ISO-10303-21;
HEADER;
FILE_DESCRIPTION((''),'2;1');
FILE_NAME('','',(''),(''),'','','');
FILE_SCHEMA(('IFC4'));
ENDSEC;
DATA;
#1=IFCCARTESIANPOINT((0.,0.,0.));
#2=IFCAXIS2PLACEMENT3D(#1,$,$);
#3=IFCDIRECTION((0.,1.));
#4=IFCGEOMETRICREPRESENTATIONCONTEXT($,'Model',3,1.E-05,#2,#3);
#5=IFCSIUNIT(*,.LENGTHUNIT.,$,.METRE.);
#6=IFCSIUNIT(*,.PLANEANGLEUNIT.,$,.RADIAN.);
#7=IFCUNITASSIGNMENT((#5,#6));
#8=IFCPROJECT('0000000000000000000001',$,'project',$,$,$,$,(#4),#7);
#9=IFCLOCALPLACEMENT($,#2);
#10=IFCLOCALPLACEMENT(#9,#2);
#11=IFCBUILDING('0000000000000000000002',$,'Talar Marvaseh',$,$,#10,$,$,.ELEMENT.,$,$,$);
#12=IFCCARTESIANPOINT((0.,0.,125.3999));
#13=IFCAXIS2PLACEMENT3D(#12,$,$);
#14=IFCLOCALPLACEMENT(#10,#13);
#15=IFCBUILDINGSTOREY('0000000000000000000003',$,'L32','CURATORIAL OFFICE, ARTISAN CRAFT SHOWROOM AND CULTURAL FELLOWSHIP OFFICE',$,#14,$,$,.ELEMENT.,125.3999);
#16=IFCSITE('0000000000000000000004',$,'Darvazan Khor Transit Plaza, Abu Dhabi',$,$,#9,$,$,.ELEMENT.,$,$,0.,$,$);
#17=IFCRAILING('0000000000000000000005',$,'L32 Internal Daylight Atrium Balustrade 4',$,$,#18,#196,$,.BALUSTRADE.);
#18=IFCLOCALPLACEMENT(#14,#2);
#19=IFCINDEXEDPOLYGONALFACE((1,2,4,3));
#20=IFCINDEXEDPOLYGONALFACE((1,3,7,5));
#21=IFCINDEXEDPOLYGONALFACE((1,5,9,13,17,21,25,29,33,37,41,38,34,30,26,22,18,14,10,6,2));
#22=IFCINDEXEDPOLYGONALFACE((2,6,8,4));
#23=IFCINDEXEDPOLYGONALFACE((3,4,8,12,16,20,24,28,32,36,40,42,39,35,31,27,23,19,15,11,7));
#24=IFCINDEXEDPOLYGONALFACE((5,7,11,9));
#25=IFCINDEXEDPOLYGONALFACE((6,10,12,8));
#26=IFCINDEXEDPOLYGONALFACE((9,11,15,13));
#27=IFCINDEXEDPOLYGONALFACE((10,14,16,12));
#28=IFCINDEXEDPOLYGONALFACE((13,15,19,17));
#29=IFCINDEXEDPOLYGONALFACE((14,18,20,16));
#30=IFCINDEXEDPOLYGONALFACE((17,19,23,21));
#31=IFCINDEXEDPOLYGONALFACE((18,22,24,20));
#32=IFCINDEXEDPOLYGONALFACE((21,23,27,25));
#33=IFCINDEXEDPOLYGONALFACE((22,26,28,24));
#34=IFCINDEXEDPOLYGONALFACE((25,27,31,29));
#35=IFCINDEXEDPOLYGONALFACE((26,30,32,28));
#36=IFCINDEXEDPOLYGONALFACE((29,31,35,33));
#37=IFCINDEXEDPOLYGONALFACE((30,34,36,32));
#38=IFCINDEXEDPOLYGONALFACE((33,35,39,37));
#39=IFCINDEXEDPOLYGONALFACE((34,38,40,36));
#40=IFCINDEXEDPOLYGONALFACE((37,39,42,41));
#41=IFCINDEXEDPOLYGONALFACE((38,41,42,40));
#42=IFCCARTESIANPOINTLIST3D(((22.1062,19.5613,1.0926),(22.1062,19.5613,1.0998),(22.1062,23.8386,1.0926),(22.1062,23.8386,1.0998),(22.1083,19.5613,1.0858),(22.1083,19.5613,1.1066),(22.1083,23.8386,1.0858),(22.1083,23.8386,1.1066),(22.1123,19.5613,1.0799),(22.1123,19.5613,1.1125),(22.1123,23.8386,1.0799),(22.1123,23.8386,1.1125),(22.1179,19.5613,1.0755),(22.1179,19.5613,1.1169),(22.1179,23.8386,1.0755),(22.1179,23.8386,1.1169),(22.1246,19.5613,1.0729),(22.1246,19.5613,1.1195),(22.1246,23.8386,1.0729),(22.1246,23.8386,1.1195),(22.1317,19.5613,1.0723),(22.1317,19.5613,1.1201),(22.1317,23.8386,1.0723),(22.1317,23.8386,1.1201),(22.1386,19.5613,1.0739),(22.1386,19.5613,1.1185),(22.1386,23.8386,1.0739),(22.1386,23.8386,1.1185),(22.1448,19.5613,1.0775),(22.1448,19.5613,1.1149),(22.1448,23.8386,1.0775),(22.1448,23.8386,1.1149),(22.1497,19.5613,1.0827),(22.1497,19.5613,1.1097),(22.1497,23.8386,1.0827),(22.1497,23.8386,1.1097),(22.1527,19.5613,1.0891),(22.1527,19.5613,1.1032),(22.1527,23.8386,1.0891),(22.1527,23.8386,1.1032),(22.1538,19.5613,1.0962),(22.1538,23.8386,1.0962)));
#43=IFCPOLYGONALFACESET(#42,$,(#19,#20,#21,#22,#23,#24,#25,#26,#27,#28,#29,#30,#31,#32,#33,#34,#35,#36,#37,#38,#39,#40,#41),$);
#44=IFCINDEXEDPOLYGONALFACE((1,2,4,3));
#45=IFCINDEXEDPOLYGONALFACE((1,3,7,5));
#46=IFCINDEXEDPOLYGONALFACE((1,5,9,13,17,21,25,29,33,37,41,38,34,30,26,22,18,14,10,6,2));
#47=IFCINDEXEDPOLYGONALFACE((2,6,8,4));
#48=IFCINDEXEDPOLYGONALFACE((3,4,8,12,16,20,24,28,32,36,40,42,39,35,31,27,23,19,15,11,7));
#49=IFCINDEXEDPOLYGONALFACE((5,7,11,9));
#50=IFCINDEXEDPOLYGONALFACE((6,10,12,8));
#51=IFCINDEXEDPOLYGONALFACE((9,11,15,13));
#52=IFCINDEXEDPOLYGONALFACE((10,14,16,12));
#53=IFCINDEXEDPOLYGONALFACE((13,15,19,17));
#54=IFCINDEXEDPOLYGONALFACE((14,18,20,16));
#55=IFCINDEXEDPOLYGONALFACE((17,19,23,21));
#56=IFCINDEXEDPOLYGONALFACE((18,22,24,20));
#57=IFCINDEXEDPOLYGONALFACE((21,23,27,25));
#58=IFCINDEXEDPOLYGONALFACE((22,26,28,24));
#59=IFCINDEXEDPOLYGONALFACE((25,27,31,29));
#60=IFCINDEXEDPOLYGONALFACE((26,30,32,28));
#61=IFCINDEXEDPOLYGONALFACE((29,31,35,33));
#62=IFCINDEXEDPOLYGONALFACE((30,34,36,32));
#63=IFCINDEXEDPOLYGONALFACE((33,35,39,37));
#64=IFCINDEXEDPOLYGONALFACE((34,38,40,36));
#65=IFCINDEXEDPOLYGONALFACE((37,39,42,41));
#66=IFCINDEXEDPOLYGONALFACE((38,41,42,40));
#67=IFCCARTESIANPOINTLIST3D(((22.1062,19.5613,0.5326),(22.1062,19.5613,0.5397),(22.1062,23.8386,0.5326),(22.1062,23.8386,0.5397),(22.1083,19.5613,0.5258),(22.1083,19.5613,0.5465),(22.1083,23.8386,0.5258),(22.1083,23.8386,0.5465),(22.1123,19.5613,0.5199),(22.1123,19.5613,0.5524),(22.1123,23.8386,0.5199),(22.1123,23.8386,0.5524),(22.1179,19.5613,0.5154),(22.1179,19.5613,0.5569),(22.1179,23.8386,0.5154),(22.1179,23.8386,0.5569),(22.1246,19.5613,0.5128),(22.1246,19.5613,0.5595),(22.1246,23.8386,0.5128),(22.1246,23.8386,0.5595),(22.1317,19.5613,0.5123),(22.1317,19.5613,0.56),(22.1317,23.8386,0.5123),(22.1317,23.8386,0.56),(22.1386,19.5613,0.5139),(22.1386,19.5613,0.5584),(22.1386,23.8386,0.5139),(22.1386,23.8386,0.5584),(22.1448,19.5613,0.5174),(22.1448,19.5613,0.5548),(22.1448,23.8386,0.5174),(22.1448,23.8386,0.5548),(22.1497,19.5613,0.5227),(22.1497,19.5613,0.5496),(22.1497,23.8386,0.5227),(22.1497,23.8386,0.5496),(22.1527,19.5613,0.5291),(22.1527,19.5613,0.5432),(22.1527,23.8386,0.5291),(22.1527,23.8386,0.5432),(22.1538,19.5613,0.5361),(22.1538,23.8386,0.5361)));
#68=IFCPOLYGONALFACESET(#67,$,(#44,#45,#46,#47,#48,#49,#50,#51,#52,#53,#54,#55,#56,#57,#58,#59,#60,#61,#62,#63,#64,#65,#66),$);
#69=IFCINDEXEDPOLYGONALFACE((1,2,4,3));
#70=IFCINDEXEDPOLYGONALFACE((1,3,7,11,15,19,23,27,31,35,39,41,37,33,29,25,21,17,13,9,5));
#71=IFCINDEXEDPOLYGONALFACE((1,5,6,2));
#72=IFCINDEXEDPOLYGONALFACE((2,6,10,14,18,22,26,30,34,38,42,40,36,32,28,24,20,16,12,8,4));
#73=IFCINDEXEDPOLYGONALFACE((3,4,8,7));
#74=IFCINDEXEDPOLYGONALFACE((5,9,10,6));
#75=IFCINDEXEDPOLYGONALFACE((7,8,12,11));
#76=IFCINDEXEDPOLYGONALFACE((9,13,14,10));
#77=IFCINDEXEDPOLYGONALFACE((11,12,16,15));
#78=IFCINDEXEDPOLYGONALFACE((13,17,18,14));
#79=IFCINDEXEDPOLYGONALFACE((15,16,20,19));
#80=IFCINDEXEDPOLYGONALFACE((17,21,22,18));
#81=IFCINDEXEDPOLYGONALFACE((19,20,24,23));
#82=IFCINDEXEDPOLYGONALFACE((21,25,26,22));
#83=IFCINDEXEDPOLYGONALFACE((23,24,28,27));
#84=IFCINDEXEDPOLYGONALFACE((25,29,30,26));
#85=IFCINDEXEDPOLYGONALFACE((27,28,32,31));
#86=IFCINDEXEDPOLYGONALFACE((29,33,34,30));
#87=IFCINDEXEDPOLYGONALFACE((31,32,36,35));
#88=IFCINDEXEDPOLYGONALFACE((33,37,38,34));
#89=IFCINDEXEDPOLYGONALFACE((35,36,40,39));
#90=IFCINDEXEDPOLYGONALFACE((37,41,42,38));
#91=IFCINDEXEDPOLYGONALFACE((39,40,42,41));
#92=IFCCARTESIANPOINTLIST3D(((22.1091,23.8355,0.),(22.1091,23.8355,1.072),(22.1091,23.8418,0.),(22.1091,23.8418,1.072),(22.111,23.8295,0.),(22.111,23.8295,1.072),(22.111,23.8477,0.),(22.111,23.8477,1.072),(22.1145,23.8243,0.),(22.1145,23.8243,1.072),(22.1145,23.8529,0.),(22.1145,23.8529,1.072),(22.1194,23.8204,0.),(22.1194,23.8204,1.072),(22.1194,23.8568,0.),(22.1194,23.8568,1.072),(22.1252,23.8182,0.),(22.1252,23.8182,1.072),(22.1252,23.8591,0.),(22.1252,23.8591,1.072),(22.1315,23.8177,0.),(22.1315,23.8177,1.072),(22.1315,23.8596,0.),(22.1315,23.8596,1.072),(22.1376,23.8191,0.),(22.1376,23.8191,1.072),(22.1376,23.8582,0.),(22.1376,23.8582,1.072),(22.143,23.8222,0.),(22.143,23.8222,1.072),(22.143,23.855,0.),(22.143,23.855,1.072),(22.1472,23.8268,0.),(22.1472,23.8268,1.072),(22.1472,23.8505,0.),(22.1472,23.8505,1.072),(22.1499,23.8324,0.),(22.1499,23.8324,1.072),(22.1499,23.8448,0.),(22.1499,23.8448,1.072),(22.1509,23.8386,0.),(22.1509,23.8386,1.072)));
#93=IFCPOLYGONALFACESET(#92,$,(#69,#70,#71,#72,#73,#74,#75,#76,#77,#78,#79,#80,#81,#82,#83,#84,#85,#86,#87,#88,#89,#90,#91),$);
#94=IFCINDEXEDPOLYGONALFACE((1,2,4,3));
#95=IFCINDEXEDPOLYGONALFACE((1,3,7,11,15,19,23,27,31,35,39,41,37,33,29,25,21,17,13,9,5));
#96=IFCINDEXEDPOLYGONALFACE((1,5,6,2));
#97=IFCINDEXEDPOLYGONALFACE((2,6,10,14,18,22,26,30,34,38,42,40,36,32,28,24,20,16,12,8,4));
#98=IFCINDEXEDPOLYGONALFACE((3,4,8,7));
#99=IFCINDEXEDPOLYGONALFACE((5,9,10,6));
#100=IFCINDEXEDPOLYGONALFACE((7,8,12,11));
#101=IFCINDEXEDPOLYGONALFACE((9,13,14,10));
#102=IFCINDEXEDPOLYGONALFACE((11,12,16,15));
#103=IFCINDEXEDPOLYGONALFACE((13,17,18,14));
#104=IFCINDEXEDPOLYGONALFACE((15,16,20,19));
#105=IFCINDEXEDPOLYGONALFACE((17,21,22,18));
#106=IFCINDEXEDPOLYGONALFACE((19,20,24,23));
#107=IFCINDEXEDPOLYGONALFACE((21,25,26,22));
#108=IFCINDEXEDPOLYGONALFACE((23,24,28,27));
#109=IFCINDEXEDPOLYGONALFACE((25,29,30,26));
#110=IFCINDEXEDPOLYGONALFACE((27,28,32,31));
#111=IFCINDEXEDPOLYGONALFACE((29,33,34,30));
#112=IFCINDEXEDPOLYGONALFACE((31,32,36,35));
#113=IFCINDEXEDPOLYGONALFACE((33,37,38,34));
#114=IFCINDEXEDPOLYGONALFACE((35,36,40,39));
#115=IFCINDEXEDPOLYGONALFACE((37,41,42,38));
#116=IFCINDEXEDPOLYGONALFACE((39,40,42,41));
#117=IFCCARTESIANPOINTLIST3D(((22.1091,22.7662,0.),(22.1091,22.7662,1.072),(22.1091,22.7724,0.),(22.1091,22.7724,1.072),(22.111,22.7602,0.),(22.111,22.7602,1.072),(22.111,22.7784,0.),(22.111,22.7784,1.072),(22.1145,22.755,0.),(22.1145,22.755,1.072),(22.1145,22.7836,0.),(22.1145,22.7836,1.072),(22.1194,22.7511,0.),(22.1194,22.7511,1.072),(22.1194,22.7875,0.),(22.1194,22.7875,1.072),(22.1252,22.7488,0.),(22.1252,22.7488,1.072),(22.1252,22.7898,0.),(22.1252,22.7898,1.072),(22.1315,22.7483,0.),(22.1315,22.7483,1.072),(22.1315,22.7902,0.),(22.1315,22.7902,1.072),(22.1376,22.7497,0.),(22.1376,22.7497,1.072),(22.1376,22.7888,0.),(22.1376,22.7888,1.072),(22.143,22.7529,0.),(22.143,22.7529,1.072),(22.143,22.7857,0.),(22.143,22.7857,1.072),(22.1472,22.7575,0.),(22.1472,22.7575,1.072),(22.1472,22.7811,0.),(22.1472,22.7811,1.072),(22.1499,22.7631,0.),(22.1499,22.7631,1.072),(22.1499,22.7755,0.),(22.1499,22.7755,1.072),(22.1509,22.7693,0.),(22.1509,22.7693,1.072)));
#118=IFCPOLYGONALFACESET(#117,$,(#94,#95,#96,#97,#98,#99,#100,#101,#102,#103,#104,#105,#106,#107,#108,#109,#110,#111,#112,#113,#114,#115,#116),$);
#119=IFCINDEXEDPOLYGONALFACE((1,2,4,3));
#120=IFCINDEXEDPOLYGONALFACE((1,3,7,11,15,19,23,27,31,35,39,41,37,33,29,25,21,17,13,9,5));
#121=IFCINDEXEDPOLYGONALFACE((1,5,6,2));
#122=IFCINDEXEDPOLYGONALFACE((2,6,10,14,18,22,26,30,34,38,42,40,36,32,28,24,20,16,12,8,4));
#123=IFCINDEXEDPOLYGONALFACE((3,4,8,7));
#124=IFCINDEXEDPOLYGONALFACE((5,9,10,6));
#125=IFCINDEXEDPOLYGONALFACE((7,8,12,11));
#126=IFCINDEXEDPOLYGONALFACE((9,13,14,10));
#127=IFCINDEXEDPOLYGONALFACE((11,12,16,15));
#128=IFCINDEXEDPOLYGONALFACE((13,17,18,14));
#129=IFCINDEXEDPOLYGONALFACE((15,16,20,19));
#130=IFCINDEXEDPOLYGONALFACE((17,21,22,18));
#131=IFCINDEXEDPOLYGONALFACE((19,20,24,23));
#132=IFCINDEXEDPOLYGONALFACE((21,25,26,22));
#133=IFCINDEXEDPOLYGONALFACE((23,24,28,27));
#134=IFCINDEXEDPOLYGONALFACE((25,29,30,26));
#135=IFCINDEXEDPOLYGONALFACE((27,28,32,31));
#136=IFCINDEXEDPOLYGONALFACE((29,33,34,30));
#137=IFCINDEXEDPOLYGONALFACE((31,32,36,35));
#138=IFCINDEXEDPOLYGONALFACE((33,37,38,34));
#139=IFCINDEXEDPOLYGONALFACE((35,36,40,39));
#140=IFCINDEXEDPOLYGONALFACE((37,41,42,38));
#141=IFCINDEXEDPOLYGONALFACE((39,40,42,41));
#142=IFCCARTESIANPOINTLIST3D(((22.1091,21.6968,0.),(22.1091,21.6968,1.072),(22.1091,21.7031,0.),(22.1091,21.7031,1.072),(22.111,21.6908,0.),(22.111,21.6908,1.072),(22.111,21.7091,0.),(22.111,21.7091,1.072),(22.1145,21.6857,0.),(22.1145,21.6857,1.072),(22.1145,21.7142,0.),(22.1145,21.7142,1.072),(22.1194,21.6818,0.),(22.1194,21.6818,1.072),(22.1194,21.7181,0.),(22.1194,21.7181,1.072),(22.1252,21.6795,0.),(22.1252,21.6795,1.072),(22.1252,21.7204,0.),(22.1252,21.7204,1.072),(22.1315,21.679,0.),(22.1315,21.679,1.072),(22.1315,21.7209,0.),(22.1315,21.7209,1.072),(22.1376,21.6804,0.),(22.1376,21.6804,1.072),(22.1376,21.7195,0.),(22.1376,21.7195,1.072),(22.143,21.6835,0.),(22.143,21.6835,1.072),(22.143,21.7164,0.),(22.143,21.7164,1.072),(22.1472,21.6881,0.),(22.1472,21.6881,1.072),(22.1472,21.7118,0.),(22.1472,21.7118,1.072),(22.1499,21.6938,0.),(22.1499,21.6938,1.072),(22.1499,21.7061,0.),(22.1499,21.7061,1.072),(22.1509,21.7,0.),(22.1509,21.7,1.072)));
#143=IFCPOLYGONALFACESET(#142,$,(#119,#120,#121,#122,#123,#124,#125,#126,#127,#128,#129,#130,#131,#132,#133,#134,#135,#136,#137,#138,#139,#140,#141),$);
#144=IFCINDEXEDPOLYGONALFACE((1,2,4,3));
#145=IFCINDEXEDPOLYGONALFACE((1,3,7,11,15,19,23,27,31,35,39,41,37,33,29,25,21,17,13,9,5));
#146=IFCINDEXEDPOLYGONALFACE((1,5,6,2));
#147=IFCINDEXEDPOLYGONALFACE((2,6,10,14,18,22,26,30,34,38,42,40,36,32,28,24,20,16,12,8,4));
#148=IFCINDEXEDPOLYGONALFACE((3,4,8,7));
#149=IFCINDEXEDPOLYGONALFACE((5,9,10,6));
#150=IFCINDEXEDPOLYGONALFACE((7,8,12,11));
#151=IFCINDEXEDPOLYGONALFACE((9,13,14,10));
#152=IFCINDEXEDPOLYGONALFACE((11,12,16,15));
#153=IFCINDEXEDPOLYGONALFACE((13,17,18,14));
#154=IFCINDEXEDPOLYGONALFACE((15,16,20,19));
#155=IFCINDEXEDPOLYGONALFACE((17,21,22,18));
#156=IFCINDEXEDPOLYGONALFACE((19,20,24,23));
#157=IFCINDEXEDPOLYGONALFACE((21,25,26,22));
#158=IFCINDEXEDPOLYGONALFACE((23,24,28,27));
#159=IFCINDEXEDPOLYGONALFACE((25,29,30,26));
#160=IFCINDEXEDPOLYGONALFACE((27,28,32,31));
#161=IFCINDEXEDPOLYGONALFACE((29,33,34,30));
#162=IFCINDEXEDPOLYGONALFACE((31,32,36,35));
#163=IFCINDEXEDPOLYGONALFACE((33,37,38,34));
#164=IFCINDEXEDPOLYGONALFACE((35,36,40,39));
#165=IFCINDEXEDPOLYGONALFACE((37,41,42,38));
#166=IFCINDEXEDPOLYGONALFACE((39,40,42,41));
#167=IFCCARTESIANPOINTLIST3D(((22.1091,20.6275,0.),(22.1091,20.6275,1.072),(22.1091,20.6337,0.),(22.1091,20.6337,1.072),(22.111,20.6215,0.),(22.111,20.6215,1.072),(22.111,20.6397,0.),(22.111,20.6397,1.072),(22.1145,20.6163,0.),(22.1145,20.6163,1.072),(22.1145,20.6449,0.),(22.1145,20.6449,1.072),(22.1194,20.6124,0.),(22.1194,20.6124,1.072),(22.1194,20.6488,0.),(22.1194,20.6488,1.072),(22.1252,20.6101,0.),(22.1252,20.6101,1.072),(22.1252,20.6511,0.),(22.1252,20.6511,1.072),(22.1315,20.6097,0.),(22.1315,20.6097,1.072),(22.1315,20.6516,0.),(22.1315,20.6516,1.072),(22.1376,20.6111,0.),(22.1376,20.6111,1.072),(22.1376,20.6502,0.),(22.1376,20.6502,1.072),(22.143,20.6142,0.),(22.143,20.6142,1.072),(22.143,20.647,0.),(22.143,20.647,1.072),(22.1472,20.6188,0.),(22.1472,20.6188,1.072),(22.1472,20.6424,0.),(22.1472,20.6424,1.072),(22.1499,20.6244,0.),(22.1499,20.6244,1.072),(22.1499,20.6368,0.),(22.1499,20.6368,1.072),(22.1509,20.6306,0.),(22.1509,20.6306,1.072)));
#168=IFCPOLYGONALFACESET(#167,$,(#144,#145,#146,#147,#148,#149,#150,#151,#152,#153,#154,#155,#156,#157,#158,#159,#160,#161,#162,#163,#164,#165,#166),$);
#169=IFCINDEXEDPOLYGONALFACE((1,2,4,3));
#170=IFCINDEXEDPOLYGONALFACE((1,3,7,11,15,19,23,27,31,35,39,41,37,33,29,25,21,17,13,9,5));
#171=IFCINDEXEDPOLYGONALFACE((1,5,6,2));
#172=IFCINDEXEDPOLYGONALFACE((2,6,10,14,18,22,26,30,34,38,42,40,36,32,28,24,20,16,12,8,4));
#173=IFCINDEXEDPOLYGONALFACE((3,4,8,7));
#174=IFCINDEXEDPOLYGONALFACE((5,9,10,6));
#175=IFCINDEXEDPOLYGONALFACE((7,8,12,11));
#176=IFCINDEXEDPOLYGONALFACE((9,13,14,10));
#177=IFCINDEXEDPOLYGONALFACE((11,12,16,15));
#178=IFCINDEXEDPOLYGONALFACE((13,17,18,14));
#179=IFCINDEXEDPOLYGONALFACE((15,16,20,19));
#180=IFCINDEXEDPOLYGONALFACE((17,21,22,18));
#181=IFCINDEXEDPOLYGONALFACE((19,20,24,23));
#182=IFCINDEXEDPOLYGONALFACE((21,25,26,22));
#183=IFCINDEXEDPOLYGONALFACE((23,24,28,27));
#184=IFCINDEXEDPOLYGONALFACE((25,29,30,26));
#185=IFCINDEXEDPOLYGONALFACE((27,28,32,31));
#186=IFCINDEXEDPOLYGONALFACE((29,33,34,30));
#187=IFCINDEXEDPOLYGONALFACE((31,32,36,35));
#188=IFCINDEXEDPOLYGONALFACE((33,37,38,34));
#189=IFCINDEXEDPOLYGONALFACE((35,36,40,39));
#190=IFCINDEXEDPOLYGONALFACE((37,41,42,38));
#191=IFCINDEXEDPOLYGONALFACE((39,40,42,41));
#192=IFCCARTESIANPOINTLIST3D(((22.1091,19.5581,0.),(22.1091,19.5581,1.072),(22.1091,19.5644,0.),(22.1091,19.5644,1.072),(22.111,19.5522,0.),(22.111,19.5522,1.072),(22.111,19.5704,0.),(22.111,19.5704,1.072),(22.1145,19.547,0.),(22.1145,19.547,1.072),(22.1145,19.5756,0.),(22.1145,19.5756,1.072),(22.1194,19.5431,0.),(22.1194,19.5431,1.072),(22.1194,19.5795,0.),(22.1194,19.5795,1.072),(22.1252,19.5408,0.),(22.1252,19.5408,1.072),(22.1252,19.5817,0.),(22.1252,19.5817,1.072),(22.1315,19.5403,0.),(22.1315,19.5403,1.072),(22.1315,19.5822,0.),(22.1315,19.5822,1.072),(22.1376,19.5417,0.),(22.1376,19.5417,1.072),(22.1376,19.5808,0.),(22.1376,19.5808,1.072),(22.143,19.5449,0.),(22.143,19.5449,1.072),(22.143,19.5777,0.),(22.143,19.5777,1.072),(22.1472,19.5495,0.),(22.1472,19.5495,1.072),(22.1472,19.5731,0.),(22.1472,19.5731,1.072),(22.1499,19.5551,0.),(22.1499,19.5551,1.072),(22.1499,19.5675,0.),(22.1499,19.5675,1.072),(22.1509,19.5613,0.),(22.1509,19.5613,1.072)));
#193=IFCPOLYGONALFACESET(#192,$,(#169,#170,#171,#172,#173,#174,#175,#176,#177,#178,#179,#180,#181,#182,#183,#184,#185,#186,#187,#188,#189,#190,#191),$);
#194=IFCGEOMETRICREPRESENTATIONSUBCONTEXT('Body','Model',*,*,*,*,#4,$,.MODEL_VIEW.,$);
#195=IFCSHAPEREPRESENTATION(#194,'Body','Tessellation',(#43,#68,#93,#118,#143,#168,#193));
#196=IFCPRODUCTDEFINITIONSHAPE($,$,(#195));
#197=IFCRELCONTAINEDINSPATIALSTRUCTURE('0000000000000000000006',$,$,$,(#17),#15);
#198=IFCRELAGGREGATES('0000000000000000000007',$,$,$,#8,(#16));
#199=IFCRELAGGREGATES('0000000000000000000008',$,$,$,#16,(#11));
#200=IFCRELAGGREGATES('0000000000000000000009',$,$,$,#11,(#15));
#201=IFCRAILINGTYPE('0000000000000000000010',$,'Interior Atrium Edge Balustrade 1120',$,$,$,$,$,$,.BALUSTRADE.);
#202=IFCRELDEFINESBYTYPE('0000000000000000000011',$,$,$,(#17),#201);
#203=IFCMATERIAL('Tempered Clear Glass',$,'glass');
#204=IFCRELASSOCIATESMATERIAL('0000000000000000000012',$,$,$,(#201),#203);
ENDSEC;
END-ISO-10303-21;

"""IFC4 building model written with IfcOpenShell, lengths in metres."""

from ifc_helpers import new_model, si_unit, direction, frame, origin, origin_2d, place, context, subcontext, project, spatial, circle, extrude, material, type_object, element, save


model = new_model("IFC4")

# Units and contexts
model_context = context("Model", 3, precision=1e-05, world=origin(), true_north=direction((0.0, 1.0)))
body_context = subcontext(model_context, "Body", "Model", "MODEL_VIEW")
ifc_project = project(units=[si_unit("LENGTHUNIT", "METRE"), si_unit("PLANEANGLEUNIT", "RADIAN")], contexts=[model_context])

# Site, building, storey
site_placement = place(None, origin())
site = spatial("IfcSite", under=ifc_project, at=site_placement, Name="Darvazan Khor Transit Plaza, Abu Dhabi", CompositionType="ELEMENT", RefElevation=0.0)
building_placement = place(site_placement, origin())
building = spatial("IfcBuilding", under=site, at=building_placement, Name="Talar Marvaseh", CompositionType="ELEMENT")
storey_placement = place(building_placement, frame((0.0, 0.0, 125.3999)))
storey = spatial("IfcBuildingStorey", under=building, at=storey_placement, Name="L32", Description="CURATORIAL OFFICE, ARTISAN CRAFT SHOWROOM AND CULTURAL FELLOWSHIP OFFICE", CompositionType="ELEMENT", Elevation=125.3999)

# Railing
ifc_material_1 = material(Name="Tempered Clear Glass", Category="glass")
railing_type_1 = type_object("IfcRailingType", Name="Interior Atrium Edge Balustrade 1120", PredefinedType="BALUSTRADE", material=ifc_material_1)
railing_1_placement = place(storey_placement, frame((22.1299, 23.8386, 0.0)))
element("IfcRailing", 1, at=railing_1_placement, inside=storey, type_object=railing_type_1, Name="L32 Internal Daylight Atrium Balustrade 4", PredefinedType="BALUSTRADE", context=body_context, shape_type="SweptSolid", body=[
    extrude(circle(Radius=0.0239, at=origin_2d()), frame((0.0, 0.0, 1.0962), z_axis=(0.0, -1.0, 0.0), x_axis=(1.0, 0.0, 0.0)), (0.0, 0.0, 1.0), 4.2773),
    extrude(circle(Radius=0.0239, at=origin_2d()), frame((0.0, 0.0, 0.5361), z_axis=(0.0, -1.0, 0.0), x_axis=(1.0, 0.0, 0.0)), (0.0, 0.0, 1.0), 4.2773),
    extrude(circle(Radius=0.021, at=origin_2d()), origin(), (0.0, 0.0, 1.0), 1.072),
    extrude(circle(Radius=0.021, at=origin_2d()), frame((0.0, -1.0693, 0.0)), (0.0, 0.0, 1.0), 1.072),
    extrude(circle(Radius=0.021, at=origin_2d()), frame((0.0, -2.1387, 0.0)), (0.0, 0.0, 1.0), 1.072),
    extrude(circle(Radius=0.021, at=origin_2d()), frame((0.0, -3.208, 0.0)), (0.0, 0.0, 1.0), 1.072),
    extrude(circle(Radius=0.021, at=origin_2d()), frame((0.0, -4.2773, 0.0)), (0.0, 0.0, 1.0), 1.072),
])

save(model, "model.ifc")
